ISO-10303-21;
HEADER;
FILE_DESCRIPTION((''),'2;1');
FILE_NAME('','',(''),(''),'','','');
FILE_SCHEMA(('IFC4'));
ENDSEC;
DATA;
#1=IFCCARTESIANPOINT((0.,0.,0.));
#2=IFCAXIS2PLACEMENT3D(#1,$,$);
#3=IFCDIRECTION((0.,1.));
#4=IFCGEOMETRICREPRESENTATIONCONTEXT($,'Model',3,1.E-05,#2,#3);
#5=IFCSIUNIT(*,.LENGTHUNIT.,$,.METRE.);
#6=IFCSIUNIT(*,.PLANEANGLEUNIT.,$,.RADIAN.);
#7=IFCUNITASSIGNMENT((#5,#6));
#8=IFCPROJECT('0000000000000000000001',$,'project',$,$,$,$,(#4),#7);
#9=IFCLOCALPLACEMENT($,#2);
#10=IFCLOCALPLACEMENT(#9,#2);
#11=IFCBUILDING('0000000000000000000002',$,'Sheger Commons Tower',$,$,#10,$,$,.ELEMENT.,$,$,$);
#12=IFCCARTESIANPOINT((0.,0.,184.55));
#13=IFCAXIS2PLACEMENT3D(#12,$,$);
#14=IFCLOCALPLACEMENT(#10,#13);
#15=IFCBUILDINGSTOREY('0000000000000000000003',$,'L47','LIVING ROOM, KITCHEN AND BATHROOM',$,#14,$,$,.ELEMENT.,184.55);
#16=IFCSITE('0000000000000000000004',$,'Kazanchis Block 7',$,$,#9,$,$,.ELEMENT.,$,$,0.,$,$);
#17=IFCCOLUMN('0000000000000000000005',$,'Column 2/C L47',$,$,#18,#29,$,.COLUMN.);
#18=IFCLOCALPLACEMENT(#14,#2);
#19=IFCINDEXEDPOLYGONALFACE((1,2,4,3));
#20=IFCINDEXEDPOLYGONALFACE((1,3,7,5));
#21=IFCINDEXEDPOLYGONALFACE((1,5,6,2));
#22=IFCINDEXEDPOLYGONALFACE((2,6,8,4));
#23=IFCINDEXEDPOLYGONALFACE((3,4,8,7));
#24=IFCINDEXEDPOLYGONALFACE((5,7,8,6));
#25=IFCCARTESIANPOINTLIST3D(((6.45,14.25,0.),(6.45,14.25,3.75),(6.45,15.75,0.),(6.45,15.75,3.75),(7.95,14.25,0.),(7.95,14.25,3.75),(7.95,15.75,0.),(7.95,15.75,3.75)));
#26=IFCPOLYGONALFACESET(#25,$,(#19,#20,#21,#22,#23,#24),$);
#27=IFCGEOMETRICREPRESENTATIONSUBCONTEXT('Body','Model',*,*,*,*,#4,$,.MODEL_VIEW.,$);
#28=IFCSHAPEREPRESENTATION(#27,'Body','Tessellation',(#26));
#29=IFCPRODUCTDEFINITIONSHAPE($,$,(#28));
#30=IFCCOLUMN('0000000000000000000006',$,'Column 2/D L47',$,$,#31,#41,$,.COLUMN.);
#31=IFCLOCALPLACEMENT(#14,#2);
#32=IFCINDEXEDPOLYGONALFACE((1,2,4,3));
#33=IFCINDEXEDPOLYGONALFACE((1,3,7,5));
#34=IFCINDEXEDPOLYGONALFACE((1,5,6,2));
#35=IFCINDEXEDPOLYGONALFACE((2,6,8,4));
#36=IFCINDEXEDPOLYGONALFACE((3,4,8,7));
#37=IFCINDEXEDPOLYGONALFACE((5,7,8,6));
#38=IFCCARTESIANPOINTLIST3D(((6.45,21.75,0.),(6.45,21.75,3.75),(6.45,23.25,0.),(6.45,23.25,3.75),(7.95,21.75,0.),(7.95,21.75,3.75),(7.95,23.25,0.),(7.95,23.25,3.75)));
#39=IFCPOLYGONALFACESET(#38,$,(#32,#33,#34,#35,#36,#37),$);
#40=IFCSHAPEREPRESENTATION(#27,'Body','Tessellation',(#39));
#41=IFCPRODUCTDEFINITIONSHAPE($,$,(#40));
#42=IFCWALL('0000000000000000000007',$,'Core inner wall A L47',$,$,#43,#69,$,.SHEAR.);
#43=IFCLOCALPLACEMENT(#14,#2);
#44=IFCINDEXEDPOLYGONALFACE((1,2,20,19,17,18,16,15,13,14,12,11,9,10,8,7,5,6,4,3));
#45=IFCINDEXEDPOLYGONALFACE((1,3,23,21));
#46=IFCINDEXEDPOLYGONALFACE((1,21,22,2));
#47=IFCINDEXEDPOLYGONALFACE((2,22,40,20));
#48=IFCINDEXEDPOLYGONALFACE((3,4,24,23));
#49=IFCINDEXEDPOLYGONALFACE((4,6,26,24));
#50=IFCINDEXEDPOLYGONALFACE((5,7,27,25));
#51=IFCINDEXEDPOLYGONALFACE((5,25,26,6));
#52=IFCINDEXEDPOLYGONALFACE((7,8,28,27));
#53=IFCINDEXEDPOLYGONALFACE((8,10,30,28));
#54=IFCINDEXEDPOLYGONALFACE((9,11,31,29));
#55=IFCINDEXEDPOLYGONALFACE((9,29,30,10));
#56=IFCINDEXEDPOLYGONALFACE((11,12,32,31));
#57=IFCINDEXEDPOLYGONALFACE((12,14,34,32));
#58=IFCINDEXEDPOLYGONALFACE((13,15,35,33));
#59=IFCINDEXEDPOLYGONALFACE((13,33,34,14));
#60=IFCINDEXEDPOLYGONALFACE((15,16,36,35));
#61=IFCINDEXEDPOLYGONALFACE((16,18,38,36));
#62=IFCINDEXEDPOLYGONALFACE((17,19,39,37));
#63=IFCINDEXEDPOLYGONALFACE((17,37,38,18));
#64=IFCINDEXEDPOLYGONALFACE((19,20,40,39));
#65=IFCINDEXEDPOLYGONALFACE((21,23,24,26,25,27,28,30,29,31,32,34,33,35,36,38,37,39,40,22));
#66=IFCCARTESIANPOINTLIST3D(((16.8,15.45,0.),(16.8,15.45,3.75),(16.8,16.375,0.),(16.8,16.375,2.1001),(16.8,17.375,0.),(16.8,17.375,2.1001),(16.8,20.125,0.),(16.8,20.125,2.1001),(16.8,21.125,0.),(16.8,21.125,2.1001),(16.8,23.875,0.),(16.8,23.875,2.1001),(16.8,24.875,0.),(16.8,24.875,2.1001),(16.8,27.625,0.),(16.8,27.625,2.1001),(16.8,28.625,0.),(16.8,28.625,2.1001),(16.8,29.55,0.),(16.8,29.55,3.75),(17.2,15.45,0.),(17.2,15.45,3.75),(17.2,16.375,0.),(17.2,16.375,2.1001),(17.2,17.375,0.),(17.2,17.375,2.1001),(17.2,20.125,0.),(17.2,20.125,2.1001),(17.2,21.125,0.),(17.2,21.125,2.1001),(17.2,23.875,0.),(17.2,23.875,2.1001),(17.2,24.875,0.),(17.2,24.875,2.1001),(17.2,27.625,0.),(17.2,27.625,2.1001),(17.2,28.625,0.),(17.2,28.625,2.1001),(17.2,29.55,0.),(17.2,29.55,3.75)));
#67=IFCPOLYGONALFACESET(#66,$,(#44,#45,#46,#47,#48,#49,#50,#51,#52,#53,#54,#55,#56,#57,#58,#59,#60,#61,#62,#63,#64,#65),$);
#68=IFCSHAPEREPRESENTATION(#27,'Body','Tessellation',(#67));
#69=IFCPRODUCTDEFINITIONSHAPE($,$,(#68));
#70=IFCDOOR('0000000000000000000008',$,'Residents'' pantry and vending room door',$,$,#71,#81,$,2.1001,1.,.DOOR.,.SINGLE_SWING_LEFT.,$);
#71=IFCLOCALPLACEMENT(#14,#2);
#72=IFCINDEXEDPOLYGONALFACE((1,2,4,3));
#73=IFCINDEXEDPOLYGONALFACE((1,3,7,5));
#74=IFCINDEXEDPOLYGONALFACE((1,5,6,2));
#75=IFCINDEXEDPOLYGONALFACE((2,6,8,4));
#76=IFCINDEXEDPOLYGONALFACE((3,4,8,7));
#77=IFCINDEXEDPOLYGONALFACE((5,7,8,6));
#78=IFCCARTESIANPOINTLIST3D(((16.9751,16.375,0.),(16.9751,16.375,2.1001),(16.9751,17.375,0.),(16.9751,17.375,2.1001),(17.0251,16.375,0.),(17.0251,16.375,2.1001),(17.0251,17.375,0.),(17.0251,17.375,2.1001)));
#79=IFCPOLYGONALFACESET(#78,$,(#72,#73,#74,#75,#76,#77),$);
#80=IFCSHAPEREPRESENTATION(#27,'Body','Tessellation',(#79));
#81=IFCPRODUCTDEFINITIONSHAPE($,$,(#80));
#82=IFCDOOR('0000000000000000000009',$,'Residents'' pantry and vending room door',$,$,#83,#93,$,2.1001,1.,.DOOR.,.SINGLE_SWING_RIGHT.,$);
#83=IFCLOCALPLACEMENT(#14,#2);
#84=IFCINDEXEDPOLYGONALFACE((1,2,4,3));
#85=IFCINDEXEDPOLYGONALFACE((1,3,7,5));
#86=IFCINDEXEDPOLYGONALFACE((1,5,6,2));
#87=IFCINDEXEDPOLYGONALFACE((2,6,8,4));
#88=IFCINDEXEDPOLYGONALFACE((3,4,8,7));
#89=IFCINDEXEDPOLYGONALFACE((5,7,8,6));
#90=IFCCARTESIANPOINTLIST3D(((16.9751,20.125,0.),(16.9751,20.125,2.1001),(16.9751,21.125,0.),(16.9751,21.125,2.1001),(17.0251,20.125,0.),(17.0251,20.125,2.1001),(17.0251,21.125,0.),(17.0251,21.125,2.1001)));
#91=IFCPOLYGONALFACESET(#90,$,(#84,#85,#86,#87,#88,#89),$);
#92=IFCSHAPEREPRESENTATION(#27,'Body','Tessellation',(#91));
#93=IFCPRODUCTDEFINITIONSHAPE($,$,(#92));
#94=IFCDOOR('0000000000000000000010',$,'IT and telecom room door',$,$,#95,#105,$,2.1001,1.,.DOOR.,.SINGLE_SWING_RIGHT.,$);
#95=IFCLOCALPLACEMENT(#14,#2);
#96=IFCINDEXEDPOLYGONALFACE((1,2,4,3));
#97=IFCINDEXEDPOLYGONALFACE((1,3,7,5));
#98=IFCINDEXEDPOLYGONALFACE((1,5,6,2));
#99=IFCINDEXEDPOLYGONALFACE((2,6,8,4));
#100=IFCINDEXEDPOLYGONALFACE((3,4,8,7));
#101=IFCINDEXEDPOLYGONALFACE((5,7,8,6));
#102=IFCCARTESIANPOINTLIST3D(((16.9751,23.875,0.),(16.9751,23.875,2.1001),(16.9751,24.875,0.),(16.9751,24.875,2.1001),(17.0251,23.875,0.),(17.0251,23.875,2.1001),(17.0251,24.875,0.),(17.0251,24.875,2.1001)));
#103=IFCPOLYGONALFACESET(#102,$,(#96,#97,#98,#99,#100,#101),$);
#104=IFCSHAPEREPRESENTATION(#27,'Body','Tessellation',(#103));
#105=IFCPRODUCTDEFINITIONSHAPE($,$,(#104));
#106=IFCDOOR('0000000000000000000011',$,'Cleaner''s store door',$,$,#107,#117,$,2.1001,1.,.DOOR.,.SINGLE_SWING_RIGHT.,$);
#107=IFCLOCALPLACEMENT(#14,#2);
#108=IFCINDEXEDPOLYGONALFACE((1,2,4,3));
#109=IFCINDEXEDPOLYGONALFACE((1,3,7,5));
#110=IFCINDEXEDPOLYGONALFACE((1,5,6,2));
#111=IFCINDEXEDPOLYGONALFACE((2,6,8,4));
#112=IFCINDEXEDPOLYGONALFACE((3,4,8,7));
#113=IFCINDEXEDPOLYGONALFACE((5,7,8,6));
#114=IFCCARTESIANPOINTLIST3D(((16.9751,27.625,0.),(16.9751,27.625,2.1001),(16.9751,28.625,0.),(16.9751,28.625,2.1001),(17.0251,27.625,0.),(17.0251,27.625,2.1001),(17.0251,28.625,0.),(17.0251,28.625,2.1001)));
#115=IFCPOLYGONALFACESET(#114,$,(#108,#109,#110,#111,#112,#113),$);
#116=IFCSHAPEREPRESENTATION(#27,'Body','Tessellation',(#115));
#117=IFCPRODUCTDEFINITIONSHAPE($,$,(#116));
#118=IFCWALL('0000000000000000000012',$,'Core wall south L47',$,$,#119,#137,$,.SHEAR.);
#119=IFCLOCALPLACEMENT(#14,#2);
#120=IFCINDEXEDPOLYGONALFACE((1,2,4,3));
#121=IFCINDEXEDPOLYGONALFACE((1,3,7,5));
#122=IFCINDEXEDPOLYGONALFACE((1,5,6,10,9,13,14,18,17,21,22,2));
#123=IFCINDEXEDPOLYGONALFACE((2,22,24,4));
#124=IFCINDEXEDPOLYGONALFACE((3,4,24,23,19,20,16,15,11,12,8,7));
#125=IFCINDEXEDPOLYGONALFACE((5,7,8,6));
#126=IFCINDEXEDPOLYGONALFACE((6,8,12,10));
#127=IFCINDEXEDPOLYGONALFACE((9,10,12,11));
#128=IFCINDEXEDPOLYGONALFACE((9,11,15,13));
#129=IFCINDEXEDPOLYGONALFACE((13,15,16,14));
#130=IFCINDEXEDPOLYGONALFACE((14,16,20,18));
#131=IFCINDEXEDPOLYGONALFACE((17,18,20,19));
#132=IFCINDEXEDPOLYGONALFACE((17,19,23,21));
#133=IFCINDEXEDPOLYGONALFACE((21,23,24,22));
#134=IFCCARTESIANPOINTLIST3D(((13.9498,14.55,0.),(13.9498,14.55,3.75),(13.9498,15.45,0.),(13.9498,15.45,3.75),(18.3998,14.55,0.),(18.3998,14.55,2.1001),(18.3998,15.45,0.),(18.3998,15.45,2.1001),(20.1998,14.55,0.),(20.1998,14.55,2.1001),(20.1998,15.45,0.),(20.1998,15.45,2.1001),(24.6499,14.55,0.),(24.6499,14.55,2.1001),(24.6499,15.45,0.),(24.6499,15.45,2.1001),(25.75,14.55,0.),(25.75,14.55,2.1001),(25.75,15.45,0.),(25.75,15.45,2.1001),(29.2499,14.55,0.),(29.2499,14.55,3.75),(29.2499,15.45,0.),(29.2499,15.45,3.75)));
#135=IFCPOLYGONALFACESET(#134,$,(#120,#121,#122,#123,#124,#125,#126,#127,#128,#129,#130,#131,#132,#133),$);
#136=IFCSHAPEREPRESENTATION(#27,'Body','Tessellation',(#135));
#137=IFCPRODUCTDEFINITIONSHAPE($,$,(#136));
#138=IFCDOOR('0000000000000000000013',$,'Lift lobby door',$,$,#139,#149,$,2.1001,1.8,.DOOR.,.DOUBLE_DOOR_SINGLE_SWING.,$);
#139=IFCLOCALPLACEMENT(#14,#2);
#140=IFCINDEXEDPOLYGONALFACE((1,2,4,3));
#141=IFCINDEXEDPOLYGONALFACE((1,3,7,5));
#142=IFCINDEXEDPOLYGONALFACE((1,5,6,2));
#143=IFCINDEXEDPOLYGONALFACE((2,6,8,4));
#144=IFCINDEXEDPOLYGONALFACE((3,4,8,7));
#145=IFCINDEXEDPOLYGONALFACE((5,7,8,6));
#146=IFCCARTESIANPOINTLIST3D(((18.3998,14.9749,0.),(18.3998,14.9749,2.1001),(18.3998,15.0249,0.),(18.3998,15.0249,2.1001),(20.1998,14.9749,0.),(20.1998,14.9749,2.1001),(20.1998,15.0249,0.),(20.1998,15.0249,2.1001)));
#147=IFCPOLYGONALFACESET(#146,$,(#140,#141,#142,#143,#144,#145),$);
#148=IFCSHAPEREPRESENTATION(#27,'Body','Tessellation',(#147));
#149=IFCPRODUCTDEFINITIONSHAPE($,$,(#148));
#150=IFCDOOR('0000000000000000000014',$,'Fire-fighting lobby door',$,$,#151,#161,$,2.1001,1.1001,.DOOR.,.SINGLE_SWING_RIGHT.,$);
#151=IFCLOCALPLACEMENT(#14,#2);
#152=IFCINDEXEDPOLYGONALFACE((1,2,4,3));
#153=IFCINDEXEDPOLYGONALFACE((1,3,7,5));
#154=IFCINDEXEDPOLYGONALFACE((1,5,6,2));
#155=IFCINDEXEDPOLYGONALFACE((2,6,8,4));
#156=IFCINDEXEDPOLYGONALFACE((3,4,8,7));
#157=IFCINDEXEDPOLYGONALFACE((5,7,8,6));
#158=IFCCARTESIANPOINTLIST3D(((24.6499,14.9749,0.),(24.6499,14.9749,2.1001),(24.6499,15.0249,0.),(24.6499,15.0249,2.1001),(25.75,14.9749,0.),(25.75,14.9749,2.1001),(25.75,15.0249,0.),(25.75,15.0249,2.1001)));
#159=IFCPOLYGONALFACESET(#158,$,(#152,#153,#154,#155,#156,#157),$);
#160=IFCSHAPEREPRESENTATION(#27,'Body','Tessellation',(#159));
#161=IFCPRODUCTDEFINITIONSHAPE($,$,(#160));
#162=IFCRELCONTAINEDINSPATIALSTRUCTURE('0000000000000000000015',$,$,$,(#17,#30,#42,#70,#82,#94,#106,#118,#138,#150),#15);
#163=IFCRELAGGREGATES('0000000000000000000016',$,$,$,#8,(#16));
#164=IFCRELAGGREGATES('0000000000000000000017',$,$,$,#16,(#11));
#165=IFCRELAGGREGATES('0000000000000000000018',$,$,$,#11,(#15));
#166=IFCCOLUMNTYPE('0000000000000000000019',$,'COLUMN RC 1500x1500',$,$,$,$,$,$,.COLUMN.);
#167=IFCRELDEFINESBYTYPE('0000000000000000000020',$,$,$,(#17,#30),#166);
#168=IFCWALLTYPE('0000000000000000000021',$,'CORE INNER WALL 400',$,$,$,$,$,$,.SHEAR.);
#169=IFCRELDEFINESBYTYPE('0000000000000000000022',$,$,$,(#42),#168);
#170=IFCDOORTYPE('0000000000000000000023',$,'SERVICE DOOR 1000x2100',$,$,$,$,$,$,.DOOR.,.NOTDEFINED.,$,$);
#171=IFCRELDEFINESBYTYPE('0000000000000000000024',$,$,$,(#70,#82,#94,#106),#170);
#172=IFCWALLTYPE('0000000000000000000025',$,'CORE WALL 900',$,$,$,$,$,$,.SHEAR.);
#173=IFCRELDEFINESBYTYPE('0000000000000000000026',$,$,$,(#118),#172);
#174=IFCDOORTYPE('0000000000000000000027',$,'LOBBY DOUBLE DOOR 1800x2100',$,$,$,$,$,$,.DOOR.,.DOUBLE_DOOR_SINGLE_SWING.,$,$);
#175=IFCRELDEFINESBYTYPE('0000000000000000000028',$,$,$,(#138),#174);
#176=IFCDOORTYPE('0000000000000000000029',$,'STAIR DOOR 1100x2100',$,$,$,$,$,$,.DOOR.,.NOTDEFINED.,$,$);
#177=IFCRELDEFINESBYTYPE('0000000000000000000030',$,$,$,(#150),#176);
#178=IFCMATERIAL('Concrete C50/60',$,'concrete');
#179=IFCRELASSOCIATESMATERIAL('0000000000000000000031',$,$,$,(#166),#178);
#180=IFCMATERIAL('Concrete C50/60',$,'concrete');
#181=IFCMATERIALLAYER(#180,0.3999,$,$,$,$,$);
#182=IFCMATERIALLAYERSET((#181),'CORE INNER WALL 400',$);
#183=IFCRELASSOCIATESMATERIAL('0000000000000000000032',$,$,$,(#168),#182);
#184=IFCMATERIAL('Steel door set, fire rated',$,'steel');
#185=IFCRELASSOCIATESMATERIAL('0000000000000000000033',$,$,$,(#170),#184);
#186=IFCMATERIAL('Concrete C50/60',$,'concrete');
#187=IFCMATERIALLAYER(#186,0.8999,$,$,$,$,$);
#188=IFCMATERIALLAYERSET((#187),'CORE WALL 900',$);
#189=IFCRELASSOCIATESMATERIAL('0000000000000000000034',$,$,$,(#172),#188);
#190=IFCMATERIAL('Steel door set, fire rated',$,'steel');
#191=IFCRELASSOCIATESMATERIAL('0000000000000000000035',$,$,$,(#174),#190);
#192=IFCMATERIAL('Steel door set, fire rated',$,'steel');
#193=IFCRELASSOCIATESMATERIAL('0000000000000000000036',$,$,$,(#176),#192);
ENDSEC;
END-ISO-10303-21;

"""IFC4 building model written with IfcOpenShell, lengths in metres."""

from ifc_helpers import new_model, si_unit, direction, frame, frame_2d, origin, origin_2d, place, context, subcontext, project, spatial, rectangle, extrude, material, layer, layer_set, material_profile, profile_set, type_object, element, fill, save


model = new_model("IFC4")

# Units and contexts
model_context = context("Model", 3, precision=1e-05, world=origin(), true_north=direction((0.0, 1.0)))
body_context = subcontext(model_context, "Body", "Model", "MODEL_VIEW")
ifc_project = project(units=[si_unit("LENGTHUNIT", "METRE"), si_unit("PLANEANGLEUNIT", "RADIAN")], contexts=[model_context])

# Site, building, storey
site_placement = place(None, origin())
site = spatial("IfcSite", under=ifc_project, at=site_placement, Name="Kazanchis Block 7", CompositionType="ELEMENT", RefElevation=0.0)
building_placement = place(site_placement, origin())
building = spatial("IfcBuilding", under=site, at=building_placement, Name="Sheger Commons Tower", CompositionType="ELEMENT")
storey_placement = place(building_placement, frame((0.0, 0.0, 184.55)))
storey = spatial("IfcBuildingStorey", under=building, at=storey_placement, Name="L47", Description="LIVING ROOM, KITCHEN AND BATHROOM", CompositionType="ELEMENT", Elevation=184.55)

# Columns
ifc_material_1 = material(Name="Concrete C50/60", Category="concrete")
ifc_material_profile = material_profile(ifc_material_1, rectangle(XDim=1.5, YDim=1.5, at=origin_2d()), Name="RC 1500x1500")
ifc_profile_set = profile_set([ifc_material_profile], Name="Concrete C50/60")
column_type = type_object("IfcColumnType", Name="COLUMN RC 1500x1500", PredefinedType="COLUMN", material=ifc_profile_set)
for number, where, z_axis, x_axis, name in (
    (1, (7.2, 15.0, 0.0), (0.0, 0.0, 1.0), (1.0, 0.0, 0.0), "Column 2/C L47"),
    (2, (7.2, 22.5, 0.0), (0.0, 0.0, 1.0), (1.0, 0.0, 0.0), "Column 2/D L47"),
):
    element("IfcColumn", number, at=place(storey_placement, frame(where, z_axis=z_axis, x_axis=x_axis)), inside=storey, type_object=column_type, Name=name, PredefinedType="COLUMN", context=body_context, shape_type="SweptSolid", body=[
        extrude(rectangle(XDim=1.5, YDim=1.5, at=origin_2d()), origin(), (0.0, 0.0, 1.0), 3.75),
    ])

# Walls, openings, doors
ifc_material_2 = material(Name="Concrete C50/60", Category="concrete")
ifc_layer_1 = layer(ifc_material_2, 0.3999)
ifc_layer_set_1 = layer_set([ifc_layer_1], Name="CORE INNER WALL 400")
wall_type_1 = type_object("IfcWallType", Name="CORE INNER WALL 400", PredefinedType="SHEAR", material=ifc_layer_set_1)
wall_1_placement = place(storey_placement, frame((17.0, 15.45, 0.0), z_axis=(0.0, 0.0, 1.0), x_axis=(0.0, 1.0, 0.0)))
wall_1 = element("IfcWall", 3, at=wall_1_placement, inside=storey, type_object=wall_type_1, Name="Core inner wall A L47", PredefinedType="SHEAR", context=body_context, shape_type="SweptSolid", body=[
    extrude(rectangle(XDim=14.1001, YDim=0.3999, at=frame_2d((7.05, 0.0))), origin(), (0.0, 0.0, 1.0), 3.75),
])
opening_1_placement = place(wall_1_placement, frame((0.925, 0.0, 0.0)))
opening_1 = element("IfcOpeningElement", 4, at=opening_1_placement, cuts=wall_1, PredefinedType="OPENING", context=body_context, shape_type="SweptSolid", body=[
    extrude(rectangle(XDim=1.0, YDim=2.1001, at=frame_2d((0.5, 1.05))), frame((0.0, 0.21, 0.0), z_axis=(0.0, -1.0, 0.0), x_axis=(1.0, 0.0, 0.0)), (0.0, 0.0, 1.0), 0.4199),
])
opening_2_placement = place(wall_1_placement, frame((4.675, 0.0, 0.0)))
opening_2 = element("IfcOpeningElement", 5, at=opening_2_placement, cuts=wall_1, PredefinedType="OPENING", context=body_context, shape_type="SweptSolid", body=[
    extrude(rectangle(XDim=1.0, YDim=2.1001, at=frame_2d((0.5, 1.05))), frame((0.0, 0.21, 0.0), z_axis=(0.0, -1.0, 0.0), x_axis=(1.0, 0.0, 0.0)), (0.0, 0.0, 1.0), 0.4199),
])
opening_3_placement = place(wall_1_placement, frame((8.425, 0.0, 0.0)))
opening_3 = element("IfcOpeningElement", 6, at=opening_3_placement, cuts=wall_1, PredefinedType="OPENING", context=body_context, shape_type="SweptSolid", body=[
    extrude(rectangle(XDim=1.0, YDim=2.1001, at=frame_2d((0.5, 1.05))), frame((0.0, 0.21, 0.0), z_axis=(0.0, -1.0, 0.0), x_axis=(1.0, 0.0, 0.0)), (0.0, 0.0, 1.0), 0.4199),
])
opening_4_placement = place(wall_1_placement, frame((12.175, 0.0, 0.0)))
opening_4 = element("IfcOpeningElement", 7, at=opening_4_placement, cuts=wall_1, PredefinedType="OPENING", context=body_context, shape_type="SweptSolid", body=[
    extrude(rectangle(XDim=1.0, YDim=2.1001, at=frame_2d((0.5, 1.05))), frame((0.0, 0.21, 0.0), z_axis=(0.0, -1.0, 0.0), x_axis=(1.0, 0.0, 0.0)), (0.0, 0.0, 1.0), 0.4199),
])
ifc_material_3 = material(Name="Steel door set, fire rated", Category="steel")
door_type_1 = type_object("IfcDoorType", Name="SERVICE DOOR 1000x2100", OperationType="NOTDEFINED", PredefinedType="DOOR", material=ifc_material_3)
door_1_placement = place(opening_1_placement, origin())
door_1 = element("IfcDoor", 8, at=door_1_placement, inside=storey, type_object=door_type_1, Name="Residents' pantry and vending room door", OperationType="SINGLE_SWING_LEFT", OverallHeight=2.1001, OverallWidth=1.0, PredefinedType="DOOR", context=body_context, shape_type="SweptSolid", body=[
    extrude(rectangle(XDim=1.0, YDim=2.1001, at=frame_2d((0.5, 1.05))), frame((0.0, 0.0249, 0.0), z_axis=(0.0, -1.0, 0.0), x_axis=(1.0, 0.0, 0.0)), (0.0, 0.0, 1.0), 0.05),
])
fill(opening_1, door_1)
door_2_placement = place(opening_2_placement, origin())
door_2 = element("IfcDoor", 9, at=door_2_placement, inside=storey, type_object=door_type_1, Name="Residents' pantry and vending room door", OperationType="SINGLE_SWING_RIGHT", OverallHeight=2.1001, OverallWidth=1.0, PredefinedType="DOOR", context=body_context, shape_type="SweptSolid", body=[
    extrude(rectangle(XDim=1.0, YDim=2.1001, at=frame_2d((0.5, 1.05))), frame((0.0, 0.0249, 0.0), z_axis=(0.0, -1.0, 0.0), x_axis=(1.0, 0.0, 0.0)), (0.0, 0.0, 1.0), 0.05),
])
fill(opening_2, door_2)
door_3_placement = place(opening_3_placement, origin())
door_3 = element("IfcDoor", 10, at=door_3_placement, inside=storey, type_object=door_type_1, Name="IT and telecom room door", OperationType="SINGLE_SWING_RIGHT", OverallHeight=2.1001, OverallWidth=1.0, PredefinedType="DOOR", context=body_context, shape_type="SweptSolid", body=[
    extrude(rectangle(XDim=1.0, YDim=2.1001, at=frame_2d((0.5, 1.05))), frame((0.0, 0.0249, 0.0), z_axis=(0.0, -1.0, 0.0), x_axis=(1.0, 0.0, 0.0)), (0.0, 0.0, 1.0), 0.05),
])
fill(opening_3, door_3)
door_4_placement = place(opening_4_placement, origin())
door_4 = element("IfcDoor", 11, at=door_4_placement, inside=storey, type_object=door_type_1, Name="Cleaner's store door", OperationType="SINGLE_SWING_RIGHT", OverallHeight=2.1001, OverallWidth=1.0, PredefinedType="DOOR", context=body_context, shape_type="SweptSolid", body=[
    extrude(rectangle(XDim=1.0, YDim=2.1001, at=frame_2d((0.5, 1.05))), frame((0.0, 0.0249, 0.0), z_axis=(0.0, -1.0, 0.0), x_axis=(1.0, 0.0, 0.0)), (0.0, 0.0, 1.0), 0.05),
])
fill(opening_4, door_4)
ifc_material_4 = material(Name="Concrete C50/60", Category="concrete")
ifc_layer_2 = layer(ifc_material_4, 0.8999)
ifc_layer_set_2 = layer_set([ifc_layer_2], Name="CORE WALL 900")
wall_type_2 = type_object("IfcWallType", Name="CORE WALL 900", PredefinedType="SHEAR", material=ifc_layer_set_2)
wall_2_placement = place(storey_placement, frame((13.95, 15.0, 0.0), z_axis=(0.0, 0.0, 1.0), x_axis=(1.0, 0.0, 0.0)))
wall_2 = element("IfcWall", 12, at=wall_2_placement, inside=storey, type_object=wall_type_2, Name="Core wall south L47", PredefinedType="SHEAR", context=body_context, shape_type="SweptSolid", body=[
    extrude(rectangle(XDim=15.3, YDim=0.8999, at=frame_2d((7.6499, 0.0))), origin(), (0.0, 0.0, 1.0), 3.75),
])
opening_5_placement = place(wall_2_placement, frame((4.45, 0.0, 0.0)))
opening_5 = element("IfcOpeningElement", 13, at=opening_5_placement, cuts=wall_2, PredefinedType="OPENING", context=body_context, shape_type="SweptSolid", body=[
    extrude(rectangle(XDim=1.8, YDim=2.1001, at=frame_2d((0.8999, 1.05))), frame((0.0, 0.46, 0.0), z_axis=(0.0, -1.0, 0.0), x_axis=(1.0, 0.0, 0.0)), (0.0, 0.0, 1.0), 0.9199),
])
opening_6_placement = place(wall_2_placement, frame((10.7, 0.0, 0.0)))
opening_6 = element("IfcOpeningElement", 14, at=opening_6_placement, cuts=wall_2, PredefinedType="OPENING", context=body_context, shape_type="SweptSolid", body=[
    extrude(rectangle(XDim=1.1001, YDim=2.1001, at=frame_2d((0.55, 1.05))), frame((0.0, 0.46, 0.0), z_axis=(0.0, -1.0, 0.0), x_axis=(1.0, 0.0, 0.0)), (0.0, 0.0, 1.0), 0.9199),
])
ifc_material_5 = material(Name="Steel door set, fire rated", Category="steel")
door_type_2 = type_object("IfcDoorType", Name="LOBBY DOUBLE DOOR 1800x2100", OperationType="DOUBLE_DOOR_SINGLE_SWING", PredefinedType="DOOR", material=ifc_material_5)
door_5_placement = place(opening_5_placement, origin())
door_5 = element("IfcDoor", 15, at=door_5_placement, inside=storey, type_object=door_type_2, Name="Lift lobby door", OperationType="DOUBLE_DOOR_SINGLE_SWING", OverallHeight=2.1001, OverallWidth=1.8, PredefinedType="DOOR", context=body_context, shape_type="SweptSolid", body=[
    extrude(rectangle(XDim=1.8, YDim=2.1001, at=frame_2d((0.8999, 1.05))), frame((0.0, 0.0249, 0.0), z_axis=(0.0, -1.0, 0.0), x_axis=(1.0, 0.0, 0.0)), (0.0, 0.0, 1.0), 0.05),
])
fill(opening_5, door_5)
ifc_material_6 = material(Name="Steel door set, fire rated", Category="steel")
door_type_3 = type_object("IfcDoorType", Name="STAIR DOOR 1100x2100", OperationType="NOTDEFINED", PredefinedType="DOOR", material=ifc_material_6)
door_6_placement = place(opening_6_placement, origin())
door_6 = element("IfcDoor", 16, at=door_6_placement, inside=storey, type_object=door_type_3, Name="Fire-fighting lobby door", OperationType="SINGLE_SWING_RIGHT", OverallHeight=2.1001, OverallWidth=1.1001, PredefinedType="DOOR", context=body_context, shape_type="SweptSolid", body=[
    extrude(rectangle(XDim=1.1001, YDim=2.1001, at=frame_2d((0.55, 1.05))), frame((0.0, 0.0249, 0.0), z_axis=(0.0, -1.0, 0.0), x_axis=(1.0, 0.0, 0.0)), (0.0, 0.0, 1.0), 0.05),
])
fill(opening_6, door_6)

save(model, "model.ifc")
